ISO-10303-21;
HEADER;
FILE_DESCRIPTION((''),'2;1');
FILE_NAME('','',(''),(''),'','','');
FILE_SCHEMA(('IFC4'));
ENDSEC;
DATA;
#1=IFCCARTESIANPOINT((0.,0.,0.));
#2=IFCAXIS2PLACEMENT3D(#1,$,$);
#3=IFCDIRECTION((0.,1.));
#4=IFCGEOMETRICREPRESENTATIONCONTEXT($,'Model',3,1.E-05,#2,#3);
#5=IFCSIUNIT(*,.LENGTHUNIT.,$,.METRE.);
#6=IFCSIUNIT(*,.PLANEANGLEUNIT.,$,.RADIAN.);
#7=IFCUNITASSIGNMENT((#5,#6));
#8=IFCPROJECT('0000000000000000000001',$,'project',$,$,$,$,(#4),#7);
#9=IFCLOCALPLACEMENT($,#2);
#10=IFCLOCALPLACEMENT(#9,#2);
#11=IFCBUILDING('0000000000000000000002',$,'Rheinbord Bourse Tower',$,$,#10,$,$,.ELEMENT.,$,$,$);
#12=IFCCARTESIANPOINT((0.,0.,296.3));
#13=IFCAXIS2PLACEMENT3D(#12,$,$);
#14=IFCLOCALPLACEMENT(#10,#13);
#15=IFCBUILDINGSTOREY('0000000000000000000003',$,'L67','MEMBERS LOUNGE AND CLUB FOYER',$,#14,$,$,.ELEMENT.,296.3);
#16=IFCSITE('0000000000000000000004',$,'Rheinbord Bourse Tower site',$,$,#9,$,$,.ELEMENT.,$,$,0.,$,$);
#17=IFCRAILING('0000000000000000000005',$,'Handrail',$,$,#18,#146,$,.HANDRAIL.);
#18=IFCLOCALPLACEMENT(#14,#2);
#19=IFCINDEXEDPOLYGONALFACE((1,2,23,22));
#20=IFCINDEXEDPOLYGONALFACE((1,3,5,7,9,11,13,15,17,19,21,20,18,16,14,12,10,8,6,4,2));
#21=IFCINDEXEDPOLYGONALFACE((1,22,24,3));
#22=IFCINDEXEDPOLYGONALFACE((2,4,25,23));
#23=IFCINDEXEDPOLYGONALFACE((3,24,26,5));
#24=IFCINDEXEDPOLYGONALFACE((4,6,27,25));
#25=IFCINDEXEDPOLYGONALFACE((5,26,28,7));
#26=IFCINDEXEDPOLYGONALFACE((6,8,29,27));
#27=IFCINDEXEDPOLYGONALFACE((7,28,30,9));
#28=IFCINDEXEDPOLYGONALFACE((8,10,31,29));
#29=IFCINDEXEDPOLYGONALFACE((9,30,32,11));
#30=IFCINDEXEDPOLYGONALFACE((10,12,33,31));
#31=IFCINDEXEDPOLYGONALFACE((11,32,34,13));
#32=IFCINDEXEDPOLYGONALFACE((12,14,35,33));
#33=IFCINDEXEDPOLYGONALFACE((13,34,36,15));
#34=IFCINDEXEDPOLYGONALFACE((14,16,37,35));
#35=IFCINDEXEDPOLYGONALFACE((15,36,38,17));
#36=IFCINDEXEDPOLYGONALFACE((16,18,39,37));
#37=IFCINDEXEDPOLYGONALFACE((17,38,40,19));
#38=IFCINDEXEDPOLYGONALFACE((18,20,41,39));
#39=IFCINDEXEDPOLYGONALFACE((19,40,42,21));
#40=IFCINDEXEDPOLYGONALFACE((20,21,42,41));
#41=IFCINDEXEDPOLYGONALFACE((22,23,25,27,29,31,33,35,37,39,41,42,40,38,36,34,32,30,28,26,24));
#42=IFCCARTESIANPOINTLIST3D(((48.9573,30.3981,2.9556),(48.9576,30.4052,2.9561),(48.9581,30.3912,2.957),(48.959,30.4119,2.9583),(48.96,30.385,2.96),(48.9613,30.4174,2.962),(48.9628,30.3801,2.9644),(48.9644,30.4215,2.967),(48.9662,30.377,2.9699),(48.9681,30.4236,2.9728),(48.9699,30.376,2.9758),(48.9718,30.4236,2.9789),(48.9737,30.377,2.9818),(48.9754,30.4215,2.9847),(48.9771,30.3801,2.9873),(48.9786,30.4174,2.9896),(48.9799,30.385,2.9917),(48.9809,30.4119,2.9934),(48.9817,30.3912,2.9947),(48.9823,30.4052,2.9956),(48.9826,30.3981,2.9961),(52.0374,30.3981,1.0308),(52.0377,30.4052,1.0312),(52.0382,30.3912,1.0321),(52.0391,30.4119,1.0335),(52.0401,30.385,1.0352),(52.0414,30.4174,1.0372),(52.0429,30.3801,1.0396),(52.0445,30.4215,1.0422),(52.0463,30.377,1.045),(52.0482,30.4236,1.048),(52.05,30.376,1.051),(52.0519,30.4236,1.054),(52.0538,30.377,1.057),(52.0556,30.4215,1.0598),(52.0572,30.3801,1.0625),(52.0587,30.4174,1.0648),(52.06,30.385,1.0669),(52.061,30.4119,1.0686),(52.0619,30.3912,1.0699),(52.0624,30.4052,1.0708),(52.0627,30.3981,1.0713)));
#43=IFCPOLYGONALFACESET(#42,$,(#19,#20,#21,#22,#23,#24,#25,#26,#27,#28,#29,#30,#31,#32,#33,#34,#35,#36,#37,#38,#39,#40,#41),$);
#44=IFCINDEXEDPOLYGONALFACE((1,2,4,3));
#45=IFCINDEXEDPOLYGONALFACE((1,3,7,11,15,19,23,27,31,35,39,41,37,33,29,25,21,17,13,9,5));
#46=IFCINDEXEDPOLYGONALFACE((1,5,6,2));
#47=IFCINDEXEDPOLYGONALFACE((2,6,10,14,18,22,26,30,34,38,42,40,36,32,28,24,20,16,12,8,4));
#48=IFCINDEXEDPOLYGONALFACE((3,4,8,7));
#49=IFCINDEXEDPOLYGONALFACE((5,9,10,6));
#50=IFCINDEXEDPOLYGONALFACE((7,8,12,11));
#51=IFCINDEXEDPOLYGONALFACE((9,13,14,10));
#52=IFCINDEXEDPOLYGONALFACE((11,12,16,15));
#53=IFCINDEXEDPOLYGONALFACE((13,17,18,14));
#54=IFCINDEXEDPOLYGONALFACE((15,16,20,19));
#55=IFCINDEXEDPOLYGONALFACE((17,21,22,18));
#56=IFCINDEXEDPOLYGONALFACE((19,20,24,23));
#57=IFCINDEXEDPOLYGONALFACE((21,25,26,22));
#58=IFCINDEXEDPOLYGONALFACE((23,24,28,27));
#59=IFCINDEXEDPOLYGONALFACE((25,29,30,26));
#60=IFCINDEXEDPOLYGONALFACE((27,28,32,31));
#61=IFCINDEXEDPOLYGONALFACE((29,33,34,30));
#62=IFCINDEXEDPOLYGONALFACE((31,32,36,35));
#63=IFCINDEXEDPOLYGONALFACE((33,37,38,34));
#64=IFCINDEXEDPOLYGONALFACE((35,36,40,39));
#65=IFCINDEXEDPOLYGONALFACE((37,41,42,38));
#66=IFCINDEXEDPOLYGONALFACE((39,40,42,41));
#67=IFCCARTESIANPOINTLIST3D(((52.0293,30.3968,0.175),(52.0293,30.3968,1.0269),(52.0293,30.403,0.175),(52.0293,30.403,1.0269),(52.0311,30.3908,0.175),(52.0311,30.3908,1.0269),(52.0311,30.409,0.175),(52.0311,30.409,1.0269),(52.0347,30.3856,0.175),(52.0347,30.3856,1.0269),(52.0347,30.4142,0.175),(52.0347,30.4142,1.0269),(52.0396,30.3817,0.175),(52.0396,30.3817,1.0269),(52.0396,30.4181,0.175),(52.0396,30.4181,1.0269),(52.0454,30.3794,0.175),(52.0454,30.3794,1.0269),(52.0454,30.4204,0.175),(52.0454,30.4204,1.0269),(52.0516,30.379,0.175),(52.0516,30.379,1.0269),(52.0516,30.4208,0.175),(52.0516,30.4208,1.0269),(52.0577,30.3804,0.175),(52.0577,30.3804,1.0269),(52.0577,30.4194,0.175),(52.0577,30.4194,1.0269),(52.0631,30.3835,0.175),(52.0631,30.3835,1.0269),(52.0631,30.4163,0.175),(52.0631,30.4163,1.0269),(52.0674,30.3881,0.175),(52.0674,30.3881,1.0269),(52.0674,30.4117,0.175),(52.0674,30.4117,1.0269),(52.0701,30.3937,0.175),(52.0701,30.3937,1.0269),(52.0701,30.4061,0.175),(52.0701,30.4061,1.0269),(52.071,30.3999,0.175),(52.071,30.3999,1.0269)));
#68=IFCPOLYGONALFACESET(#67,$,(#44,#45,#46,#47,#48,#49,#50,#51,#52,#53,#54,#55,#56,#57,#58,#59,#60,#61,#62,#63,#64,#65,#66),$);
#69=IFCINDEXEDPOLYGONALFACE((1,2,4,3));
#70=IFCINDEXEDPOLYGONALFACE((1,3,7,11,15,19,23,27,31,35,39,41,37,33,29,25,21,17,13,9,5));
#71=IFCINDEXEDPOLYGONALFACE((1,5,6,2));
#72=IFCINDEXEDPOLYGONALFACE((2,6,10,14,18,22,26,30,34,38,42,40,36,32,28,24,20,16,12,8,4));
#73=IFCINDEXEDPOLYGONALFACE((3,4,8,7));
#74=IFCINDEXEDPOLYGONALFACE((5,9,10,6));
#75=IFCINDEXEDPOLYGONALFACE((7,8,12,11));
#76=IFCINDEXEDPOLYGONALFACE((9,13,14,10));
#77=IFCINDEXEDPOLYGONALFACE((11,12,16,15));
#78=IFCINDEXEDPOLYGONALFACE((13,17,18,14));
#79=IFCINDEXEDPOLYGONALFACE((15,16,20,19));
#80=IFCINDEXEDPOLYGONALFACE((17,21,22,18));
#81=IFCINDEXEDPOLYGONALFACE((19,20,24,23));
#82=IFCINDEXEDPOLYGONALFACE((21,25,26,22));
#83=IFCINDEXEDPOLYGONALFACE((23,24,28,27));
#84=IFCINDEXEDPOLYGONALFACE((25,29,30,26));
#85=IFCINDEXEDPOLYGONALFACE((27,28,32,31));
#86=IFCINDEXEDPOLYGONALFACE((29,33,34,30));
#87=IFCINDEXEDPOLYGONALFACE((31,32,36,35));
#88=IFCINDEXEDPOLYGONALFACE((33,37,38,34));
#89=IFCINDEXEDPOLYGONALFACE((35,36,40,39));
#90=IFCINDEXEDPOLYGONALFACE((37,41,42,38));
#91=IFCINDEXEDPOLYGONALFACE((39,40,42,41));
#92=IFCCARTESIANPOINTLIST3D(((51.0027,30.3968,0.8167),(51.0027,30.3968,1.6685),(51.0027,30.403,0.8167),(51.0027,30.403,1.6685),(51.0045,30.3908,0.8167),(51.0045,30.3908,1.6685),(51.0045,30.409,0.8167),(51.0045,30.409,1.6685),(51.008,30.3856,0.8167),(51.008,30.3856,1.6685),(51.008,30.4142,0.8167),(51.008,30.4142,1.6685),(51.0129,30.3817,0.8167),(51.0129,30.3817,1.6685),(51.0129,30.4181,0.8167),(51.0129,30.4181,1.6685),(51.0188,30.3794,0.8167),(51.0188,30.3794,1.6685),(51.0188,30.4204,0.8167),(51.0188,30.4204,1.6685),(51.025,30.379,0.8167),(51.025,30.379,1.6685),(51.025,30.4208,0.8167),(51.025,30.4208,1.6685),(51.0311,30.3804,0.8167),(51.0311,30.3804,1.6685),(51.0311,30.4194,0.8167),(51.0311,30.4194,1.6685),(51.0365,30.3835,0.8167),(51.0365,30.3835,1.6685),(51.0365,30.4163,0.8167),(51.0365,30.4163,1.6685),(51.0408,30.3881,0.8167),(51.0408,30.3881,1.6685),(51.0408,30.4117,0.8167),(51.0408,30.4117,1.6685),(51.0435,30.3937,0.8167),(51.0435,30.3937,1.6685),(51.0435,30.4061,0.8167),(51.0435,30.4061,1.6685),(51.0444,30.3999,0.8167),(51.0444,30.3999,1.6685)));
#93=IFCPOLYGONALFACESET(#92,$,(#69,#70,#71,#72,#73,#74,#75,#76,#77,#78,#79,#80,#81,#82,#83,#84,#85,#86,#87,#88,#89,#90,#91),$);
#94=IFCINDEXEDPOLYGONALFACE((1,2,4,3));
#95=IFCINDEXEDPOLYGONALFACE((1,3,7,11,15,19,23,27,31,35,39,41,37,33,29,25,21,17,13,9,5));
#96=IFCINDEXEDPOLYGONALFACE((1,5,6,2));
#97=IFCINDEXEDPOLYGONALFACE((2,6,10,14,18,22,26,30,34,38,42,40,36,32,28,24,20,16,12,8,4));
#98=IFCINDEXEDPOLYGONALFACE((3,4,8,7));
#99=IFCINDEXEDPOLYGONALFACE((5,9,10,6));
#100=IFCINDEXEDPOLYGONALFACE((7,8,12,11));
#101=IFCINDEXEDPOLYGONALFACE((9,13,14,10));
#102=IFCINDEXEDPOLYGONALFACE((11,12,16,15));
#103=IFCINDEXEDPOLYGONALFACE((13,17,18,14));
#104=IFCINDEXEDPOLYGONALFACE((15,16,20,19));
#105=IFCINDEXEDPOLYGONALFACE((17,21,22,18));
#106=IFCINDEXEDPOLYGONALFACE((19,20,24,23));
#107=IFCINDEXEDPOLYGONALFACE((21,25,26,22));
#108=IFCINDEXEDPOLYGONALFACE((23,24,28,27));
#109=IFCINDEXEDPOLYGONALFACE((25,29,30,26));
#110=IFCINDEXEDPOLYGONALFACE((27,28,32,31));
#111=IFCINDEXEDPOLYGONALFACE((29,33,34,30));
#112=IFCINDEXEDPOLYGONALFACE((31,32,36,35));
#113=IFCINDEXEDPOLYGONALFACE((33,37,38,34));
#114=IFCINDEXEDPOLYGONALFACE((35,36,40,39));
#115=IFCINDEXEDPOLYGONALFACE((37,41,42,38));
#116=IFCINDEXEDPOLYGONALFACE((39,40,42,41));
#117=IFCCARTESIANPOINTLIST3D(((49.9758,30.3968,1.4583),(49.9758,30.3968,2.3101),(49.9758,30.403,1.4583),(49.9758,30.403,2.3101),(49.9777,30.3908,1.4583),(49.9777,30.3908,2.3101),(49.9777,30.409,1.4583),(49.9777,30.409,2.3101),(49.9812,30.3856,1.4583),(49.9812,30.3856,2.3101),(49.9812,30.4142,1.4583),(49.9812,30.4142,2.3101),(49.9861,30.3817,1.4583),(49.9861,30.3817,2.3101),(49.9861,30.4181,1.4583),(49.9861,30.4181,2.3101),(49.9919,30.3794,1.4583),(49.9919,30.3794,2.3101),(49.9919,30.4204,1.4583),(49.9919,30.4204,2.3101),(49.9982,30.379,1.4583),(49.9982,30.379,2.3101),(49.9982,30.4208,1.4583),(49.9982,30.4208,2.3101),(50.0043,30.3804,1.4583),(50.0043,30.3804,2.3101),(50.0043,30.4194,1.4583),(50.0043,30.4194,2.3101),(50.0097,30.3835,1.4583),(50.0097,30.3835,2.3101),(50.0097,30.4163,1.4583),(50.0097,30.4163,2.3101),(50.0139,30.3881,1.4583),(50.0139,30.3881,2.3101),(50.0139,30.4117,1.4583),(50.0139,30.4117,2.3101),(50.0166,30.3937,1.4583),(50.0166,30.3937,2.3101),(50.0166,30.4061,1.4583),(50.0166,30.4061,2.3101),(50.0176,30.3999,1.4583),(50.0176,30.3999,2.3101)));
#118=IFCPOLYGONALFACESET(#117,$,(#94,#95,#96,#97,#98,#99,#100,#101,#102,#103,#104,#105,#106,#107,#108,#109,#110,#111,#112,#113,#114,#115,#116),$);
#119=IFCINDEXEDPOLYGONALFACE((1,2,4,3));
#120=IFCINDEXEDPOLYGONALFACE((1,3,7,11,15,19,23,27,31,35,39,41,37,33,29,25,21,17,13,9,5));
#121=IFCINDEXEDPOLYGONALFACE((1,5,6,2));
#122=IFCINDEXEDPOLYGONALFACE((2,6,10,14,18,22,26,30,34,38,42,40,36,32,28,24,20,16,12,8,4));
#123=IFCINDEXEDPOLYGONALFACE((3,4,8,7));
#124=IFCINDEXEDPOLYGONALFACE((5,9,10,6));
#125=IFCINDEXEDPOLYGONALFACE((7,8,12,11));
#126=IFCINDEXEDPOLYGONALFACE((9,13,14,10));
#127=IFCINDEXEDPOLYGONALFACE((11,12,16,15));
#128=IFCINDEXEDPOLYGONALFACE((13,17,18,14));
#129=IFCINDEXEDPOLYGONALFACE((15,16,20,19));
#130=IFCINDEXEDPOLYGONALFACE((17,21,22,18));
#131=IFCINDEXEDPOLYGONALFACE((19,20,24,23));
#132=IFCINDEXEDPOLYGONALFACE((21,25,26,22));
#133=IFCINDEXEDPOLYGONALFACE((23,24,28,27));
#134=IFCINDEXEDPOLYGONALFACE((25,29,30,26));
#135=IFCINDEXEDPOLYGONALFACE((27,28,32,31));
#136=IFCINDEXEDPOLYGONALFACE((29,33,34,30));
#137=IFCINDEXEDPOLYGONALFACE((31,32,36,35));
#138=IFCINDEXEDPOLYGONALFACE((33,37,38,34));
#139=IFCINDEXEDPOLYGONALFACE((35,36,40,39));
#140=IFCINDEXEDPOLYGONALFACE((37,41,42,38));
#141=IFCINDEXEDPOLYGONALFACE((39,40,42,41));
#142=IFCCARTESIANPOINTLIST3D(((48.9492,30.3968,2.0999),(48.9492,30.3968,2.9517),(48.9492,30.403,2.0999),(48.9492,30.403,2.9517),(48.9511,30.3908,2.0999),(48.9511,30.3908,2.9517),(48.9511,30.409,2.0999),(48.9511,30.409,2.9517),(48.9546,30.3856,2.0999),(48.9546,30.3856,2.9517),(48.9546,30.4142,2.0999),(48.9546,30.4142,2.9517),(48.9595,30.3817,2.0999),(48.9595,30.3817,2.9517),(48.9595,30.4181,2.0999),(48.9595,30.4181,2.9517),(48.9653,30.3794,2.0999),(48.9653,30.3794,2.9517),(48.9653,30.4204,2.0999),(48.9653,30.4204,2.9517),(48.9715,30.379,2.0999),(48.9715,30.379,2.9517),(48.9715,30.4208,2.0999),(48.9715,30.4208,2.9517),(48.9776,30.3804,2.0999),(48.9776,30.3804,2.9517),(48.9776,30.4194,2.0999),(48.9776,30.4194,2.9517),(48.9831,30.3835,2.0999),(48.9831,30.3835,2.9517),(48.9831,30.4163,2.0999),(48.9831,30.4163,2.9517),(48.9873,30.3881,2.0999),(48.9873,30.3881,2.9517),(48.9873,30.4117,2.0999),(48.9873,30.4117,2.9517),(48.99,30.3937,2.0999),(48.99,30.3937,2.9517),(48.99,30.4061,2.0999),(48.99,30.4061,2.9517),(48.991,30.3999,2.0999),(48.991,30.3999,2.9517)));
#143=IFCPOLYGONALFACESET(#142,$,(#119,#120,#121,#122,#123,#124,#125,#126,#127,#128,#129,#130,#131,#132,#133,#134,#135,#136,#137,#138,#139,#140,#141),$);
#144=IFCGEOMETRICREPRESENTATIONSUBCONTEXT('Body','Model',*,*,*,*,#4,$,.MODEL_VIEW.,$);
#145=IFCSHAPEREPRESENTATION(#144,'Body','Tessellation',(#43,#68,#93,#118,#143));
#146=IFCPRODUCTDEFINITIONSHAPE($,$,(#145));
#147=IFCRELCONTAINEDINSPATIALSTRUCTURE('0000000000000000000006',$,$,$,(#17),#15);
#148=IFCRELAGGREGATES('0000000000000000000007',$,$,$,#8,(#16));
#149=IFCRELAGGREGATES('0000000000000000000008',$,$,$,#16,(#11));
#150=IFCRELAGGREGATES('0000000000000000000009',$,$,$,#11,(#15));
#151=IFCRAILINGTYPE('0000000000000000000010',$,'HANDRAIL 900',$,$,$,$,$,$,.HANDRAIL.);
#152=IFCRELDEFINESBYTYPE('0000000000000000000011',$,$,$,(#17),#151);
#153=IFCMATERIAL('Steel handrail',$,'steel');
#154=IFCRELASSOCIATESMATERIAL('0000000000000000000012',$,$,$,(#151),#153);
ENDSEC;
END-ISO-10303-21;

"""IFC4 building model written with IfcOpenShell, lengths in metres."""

from ifc_helpers import new_model, si_unit, direction, frame, origin, origin_2d, place, context, subcontext, project, spatial, circle, extrude, material, type_object, element, save


model = new_model("IFC4")

# Units and contexts
model_context = context("Model", 3, precision=1e-05, world=origin(), true_north=direction((0.0, 1.0)))
body_context = subcontext(model_context, "Body", "Model", "MODEL_VIEW")
ifc_project = project(units=[si_unit("LENGTHUNIT", "METRE"), si_unit("PLANEANGLEUNIT", "RADIAN")], contexts=[model_context])

# Site, building, storey
site_placement = place(None, origin())
site = spatial("IfcSite", under=ifc_project, at=site_placement, Name="Rheinbord Bourse Tower site", CompositionType="ELEMENT", RefElevation=0.0)
building_placement = place(site_placement, origin())
building = spatial("IfcBuilding", under=site, at=building_placement, Name="Rheinbord Bourse Tower", CompositionType="ELEMENT")
storey_placement = place(building_placement, frame((0.0, 0.0, 296.3)))
storey = spatial("IfcBuildingStorey", under=building, at=storey_placement, Name="L67", Description="MEMBERS LOUNGE AND CLUB FOYER", CompositionType="ELEMENT", Elevation=296.3)

# Railing
ifc_material_1 = material(Name="Steel handrail", Category="steel")
railing_type = type_object("IfcRailingType", Name="HANDRAIL 900", PredefinedType="HANDRAIL", material=ifc_material_1)
railing_1_placement = place(storey_placement, frame((52.05, 30.3999, 0.175)))
element("IfcRailing", 1, at=railing_1_placement, inside=storey, type_object=railing_type, Name="Handrail", PredefinedType="HANDRAIL", context=body_context, shape_type="SweptSolid", body=[
    extrude(circle(Radius=0.0239, at=origin_2d()), frame((0.0, 0.0, 0.876), z_axis=(-0.848029, 0.0, 0.529951), x_axis=(0.0, -1.0, 0.0)), (0.0, 0.0, 1.0), 3.6321),
    extrude(circle(Radius=0.021, at=origin_2d()), origin(), (0.0, 0.0, 1.0), 0.8518),
    extrude(circle(Radius=0.021, at=origin_2d()), frame((-1.0266, 0.0, 0.6416)), (0.0, 0.0, 1.0), 0.8518),
    extrude(circle(Radius=0.021, at=origin_2d()), frame((-2.0535, 0.0, 1.2832)), (0.0, 0.0, 1.0), 0.8518),
    extrude(circle(Radius=0.021, at=origin_2d()), frame((-3.0801, 0.0, 1.9248)), (0.0, 0.0, 1.0), 0.8518),
])

save(model, "model.ifc")
